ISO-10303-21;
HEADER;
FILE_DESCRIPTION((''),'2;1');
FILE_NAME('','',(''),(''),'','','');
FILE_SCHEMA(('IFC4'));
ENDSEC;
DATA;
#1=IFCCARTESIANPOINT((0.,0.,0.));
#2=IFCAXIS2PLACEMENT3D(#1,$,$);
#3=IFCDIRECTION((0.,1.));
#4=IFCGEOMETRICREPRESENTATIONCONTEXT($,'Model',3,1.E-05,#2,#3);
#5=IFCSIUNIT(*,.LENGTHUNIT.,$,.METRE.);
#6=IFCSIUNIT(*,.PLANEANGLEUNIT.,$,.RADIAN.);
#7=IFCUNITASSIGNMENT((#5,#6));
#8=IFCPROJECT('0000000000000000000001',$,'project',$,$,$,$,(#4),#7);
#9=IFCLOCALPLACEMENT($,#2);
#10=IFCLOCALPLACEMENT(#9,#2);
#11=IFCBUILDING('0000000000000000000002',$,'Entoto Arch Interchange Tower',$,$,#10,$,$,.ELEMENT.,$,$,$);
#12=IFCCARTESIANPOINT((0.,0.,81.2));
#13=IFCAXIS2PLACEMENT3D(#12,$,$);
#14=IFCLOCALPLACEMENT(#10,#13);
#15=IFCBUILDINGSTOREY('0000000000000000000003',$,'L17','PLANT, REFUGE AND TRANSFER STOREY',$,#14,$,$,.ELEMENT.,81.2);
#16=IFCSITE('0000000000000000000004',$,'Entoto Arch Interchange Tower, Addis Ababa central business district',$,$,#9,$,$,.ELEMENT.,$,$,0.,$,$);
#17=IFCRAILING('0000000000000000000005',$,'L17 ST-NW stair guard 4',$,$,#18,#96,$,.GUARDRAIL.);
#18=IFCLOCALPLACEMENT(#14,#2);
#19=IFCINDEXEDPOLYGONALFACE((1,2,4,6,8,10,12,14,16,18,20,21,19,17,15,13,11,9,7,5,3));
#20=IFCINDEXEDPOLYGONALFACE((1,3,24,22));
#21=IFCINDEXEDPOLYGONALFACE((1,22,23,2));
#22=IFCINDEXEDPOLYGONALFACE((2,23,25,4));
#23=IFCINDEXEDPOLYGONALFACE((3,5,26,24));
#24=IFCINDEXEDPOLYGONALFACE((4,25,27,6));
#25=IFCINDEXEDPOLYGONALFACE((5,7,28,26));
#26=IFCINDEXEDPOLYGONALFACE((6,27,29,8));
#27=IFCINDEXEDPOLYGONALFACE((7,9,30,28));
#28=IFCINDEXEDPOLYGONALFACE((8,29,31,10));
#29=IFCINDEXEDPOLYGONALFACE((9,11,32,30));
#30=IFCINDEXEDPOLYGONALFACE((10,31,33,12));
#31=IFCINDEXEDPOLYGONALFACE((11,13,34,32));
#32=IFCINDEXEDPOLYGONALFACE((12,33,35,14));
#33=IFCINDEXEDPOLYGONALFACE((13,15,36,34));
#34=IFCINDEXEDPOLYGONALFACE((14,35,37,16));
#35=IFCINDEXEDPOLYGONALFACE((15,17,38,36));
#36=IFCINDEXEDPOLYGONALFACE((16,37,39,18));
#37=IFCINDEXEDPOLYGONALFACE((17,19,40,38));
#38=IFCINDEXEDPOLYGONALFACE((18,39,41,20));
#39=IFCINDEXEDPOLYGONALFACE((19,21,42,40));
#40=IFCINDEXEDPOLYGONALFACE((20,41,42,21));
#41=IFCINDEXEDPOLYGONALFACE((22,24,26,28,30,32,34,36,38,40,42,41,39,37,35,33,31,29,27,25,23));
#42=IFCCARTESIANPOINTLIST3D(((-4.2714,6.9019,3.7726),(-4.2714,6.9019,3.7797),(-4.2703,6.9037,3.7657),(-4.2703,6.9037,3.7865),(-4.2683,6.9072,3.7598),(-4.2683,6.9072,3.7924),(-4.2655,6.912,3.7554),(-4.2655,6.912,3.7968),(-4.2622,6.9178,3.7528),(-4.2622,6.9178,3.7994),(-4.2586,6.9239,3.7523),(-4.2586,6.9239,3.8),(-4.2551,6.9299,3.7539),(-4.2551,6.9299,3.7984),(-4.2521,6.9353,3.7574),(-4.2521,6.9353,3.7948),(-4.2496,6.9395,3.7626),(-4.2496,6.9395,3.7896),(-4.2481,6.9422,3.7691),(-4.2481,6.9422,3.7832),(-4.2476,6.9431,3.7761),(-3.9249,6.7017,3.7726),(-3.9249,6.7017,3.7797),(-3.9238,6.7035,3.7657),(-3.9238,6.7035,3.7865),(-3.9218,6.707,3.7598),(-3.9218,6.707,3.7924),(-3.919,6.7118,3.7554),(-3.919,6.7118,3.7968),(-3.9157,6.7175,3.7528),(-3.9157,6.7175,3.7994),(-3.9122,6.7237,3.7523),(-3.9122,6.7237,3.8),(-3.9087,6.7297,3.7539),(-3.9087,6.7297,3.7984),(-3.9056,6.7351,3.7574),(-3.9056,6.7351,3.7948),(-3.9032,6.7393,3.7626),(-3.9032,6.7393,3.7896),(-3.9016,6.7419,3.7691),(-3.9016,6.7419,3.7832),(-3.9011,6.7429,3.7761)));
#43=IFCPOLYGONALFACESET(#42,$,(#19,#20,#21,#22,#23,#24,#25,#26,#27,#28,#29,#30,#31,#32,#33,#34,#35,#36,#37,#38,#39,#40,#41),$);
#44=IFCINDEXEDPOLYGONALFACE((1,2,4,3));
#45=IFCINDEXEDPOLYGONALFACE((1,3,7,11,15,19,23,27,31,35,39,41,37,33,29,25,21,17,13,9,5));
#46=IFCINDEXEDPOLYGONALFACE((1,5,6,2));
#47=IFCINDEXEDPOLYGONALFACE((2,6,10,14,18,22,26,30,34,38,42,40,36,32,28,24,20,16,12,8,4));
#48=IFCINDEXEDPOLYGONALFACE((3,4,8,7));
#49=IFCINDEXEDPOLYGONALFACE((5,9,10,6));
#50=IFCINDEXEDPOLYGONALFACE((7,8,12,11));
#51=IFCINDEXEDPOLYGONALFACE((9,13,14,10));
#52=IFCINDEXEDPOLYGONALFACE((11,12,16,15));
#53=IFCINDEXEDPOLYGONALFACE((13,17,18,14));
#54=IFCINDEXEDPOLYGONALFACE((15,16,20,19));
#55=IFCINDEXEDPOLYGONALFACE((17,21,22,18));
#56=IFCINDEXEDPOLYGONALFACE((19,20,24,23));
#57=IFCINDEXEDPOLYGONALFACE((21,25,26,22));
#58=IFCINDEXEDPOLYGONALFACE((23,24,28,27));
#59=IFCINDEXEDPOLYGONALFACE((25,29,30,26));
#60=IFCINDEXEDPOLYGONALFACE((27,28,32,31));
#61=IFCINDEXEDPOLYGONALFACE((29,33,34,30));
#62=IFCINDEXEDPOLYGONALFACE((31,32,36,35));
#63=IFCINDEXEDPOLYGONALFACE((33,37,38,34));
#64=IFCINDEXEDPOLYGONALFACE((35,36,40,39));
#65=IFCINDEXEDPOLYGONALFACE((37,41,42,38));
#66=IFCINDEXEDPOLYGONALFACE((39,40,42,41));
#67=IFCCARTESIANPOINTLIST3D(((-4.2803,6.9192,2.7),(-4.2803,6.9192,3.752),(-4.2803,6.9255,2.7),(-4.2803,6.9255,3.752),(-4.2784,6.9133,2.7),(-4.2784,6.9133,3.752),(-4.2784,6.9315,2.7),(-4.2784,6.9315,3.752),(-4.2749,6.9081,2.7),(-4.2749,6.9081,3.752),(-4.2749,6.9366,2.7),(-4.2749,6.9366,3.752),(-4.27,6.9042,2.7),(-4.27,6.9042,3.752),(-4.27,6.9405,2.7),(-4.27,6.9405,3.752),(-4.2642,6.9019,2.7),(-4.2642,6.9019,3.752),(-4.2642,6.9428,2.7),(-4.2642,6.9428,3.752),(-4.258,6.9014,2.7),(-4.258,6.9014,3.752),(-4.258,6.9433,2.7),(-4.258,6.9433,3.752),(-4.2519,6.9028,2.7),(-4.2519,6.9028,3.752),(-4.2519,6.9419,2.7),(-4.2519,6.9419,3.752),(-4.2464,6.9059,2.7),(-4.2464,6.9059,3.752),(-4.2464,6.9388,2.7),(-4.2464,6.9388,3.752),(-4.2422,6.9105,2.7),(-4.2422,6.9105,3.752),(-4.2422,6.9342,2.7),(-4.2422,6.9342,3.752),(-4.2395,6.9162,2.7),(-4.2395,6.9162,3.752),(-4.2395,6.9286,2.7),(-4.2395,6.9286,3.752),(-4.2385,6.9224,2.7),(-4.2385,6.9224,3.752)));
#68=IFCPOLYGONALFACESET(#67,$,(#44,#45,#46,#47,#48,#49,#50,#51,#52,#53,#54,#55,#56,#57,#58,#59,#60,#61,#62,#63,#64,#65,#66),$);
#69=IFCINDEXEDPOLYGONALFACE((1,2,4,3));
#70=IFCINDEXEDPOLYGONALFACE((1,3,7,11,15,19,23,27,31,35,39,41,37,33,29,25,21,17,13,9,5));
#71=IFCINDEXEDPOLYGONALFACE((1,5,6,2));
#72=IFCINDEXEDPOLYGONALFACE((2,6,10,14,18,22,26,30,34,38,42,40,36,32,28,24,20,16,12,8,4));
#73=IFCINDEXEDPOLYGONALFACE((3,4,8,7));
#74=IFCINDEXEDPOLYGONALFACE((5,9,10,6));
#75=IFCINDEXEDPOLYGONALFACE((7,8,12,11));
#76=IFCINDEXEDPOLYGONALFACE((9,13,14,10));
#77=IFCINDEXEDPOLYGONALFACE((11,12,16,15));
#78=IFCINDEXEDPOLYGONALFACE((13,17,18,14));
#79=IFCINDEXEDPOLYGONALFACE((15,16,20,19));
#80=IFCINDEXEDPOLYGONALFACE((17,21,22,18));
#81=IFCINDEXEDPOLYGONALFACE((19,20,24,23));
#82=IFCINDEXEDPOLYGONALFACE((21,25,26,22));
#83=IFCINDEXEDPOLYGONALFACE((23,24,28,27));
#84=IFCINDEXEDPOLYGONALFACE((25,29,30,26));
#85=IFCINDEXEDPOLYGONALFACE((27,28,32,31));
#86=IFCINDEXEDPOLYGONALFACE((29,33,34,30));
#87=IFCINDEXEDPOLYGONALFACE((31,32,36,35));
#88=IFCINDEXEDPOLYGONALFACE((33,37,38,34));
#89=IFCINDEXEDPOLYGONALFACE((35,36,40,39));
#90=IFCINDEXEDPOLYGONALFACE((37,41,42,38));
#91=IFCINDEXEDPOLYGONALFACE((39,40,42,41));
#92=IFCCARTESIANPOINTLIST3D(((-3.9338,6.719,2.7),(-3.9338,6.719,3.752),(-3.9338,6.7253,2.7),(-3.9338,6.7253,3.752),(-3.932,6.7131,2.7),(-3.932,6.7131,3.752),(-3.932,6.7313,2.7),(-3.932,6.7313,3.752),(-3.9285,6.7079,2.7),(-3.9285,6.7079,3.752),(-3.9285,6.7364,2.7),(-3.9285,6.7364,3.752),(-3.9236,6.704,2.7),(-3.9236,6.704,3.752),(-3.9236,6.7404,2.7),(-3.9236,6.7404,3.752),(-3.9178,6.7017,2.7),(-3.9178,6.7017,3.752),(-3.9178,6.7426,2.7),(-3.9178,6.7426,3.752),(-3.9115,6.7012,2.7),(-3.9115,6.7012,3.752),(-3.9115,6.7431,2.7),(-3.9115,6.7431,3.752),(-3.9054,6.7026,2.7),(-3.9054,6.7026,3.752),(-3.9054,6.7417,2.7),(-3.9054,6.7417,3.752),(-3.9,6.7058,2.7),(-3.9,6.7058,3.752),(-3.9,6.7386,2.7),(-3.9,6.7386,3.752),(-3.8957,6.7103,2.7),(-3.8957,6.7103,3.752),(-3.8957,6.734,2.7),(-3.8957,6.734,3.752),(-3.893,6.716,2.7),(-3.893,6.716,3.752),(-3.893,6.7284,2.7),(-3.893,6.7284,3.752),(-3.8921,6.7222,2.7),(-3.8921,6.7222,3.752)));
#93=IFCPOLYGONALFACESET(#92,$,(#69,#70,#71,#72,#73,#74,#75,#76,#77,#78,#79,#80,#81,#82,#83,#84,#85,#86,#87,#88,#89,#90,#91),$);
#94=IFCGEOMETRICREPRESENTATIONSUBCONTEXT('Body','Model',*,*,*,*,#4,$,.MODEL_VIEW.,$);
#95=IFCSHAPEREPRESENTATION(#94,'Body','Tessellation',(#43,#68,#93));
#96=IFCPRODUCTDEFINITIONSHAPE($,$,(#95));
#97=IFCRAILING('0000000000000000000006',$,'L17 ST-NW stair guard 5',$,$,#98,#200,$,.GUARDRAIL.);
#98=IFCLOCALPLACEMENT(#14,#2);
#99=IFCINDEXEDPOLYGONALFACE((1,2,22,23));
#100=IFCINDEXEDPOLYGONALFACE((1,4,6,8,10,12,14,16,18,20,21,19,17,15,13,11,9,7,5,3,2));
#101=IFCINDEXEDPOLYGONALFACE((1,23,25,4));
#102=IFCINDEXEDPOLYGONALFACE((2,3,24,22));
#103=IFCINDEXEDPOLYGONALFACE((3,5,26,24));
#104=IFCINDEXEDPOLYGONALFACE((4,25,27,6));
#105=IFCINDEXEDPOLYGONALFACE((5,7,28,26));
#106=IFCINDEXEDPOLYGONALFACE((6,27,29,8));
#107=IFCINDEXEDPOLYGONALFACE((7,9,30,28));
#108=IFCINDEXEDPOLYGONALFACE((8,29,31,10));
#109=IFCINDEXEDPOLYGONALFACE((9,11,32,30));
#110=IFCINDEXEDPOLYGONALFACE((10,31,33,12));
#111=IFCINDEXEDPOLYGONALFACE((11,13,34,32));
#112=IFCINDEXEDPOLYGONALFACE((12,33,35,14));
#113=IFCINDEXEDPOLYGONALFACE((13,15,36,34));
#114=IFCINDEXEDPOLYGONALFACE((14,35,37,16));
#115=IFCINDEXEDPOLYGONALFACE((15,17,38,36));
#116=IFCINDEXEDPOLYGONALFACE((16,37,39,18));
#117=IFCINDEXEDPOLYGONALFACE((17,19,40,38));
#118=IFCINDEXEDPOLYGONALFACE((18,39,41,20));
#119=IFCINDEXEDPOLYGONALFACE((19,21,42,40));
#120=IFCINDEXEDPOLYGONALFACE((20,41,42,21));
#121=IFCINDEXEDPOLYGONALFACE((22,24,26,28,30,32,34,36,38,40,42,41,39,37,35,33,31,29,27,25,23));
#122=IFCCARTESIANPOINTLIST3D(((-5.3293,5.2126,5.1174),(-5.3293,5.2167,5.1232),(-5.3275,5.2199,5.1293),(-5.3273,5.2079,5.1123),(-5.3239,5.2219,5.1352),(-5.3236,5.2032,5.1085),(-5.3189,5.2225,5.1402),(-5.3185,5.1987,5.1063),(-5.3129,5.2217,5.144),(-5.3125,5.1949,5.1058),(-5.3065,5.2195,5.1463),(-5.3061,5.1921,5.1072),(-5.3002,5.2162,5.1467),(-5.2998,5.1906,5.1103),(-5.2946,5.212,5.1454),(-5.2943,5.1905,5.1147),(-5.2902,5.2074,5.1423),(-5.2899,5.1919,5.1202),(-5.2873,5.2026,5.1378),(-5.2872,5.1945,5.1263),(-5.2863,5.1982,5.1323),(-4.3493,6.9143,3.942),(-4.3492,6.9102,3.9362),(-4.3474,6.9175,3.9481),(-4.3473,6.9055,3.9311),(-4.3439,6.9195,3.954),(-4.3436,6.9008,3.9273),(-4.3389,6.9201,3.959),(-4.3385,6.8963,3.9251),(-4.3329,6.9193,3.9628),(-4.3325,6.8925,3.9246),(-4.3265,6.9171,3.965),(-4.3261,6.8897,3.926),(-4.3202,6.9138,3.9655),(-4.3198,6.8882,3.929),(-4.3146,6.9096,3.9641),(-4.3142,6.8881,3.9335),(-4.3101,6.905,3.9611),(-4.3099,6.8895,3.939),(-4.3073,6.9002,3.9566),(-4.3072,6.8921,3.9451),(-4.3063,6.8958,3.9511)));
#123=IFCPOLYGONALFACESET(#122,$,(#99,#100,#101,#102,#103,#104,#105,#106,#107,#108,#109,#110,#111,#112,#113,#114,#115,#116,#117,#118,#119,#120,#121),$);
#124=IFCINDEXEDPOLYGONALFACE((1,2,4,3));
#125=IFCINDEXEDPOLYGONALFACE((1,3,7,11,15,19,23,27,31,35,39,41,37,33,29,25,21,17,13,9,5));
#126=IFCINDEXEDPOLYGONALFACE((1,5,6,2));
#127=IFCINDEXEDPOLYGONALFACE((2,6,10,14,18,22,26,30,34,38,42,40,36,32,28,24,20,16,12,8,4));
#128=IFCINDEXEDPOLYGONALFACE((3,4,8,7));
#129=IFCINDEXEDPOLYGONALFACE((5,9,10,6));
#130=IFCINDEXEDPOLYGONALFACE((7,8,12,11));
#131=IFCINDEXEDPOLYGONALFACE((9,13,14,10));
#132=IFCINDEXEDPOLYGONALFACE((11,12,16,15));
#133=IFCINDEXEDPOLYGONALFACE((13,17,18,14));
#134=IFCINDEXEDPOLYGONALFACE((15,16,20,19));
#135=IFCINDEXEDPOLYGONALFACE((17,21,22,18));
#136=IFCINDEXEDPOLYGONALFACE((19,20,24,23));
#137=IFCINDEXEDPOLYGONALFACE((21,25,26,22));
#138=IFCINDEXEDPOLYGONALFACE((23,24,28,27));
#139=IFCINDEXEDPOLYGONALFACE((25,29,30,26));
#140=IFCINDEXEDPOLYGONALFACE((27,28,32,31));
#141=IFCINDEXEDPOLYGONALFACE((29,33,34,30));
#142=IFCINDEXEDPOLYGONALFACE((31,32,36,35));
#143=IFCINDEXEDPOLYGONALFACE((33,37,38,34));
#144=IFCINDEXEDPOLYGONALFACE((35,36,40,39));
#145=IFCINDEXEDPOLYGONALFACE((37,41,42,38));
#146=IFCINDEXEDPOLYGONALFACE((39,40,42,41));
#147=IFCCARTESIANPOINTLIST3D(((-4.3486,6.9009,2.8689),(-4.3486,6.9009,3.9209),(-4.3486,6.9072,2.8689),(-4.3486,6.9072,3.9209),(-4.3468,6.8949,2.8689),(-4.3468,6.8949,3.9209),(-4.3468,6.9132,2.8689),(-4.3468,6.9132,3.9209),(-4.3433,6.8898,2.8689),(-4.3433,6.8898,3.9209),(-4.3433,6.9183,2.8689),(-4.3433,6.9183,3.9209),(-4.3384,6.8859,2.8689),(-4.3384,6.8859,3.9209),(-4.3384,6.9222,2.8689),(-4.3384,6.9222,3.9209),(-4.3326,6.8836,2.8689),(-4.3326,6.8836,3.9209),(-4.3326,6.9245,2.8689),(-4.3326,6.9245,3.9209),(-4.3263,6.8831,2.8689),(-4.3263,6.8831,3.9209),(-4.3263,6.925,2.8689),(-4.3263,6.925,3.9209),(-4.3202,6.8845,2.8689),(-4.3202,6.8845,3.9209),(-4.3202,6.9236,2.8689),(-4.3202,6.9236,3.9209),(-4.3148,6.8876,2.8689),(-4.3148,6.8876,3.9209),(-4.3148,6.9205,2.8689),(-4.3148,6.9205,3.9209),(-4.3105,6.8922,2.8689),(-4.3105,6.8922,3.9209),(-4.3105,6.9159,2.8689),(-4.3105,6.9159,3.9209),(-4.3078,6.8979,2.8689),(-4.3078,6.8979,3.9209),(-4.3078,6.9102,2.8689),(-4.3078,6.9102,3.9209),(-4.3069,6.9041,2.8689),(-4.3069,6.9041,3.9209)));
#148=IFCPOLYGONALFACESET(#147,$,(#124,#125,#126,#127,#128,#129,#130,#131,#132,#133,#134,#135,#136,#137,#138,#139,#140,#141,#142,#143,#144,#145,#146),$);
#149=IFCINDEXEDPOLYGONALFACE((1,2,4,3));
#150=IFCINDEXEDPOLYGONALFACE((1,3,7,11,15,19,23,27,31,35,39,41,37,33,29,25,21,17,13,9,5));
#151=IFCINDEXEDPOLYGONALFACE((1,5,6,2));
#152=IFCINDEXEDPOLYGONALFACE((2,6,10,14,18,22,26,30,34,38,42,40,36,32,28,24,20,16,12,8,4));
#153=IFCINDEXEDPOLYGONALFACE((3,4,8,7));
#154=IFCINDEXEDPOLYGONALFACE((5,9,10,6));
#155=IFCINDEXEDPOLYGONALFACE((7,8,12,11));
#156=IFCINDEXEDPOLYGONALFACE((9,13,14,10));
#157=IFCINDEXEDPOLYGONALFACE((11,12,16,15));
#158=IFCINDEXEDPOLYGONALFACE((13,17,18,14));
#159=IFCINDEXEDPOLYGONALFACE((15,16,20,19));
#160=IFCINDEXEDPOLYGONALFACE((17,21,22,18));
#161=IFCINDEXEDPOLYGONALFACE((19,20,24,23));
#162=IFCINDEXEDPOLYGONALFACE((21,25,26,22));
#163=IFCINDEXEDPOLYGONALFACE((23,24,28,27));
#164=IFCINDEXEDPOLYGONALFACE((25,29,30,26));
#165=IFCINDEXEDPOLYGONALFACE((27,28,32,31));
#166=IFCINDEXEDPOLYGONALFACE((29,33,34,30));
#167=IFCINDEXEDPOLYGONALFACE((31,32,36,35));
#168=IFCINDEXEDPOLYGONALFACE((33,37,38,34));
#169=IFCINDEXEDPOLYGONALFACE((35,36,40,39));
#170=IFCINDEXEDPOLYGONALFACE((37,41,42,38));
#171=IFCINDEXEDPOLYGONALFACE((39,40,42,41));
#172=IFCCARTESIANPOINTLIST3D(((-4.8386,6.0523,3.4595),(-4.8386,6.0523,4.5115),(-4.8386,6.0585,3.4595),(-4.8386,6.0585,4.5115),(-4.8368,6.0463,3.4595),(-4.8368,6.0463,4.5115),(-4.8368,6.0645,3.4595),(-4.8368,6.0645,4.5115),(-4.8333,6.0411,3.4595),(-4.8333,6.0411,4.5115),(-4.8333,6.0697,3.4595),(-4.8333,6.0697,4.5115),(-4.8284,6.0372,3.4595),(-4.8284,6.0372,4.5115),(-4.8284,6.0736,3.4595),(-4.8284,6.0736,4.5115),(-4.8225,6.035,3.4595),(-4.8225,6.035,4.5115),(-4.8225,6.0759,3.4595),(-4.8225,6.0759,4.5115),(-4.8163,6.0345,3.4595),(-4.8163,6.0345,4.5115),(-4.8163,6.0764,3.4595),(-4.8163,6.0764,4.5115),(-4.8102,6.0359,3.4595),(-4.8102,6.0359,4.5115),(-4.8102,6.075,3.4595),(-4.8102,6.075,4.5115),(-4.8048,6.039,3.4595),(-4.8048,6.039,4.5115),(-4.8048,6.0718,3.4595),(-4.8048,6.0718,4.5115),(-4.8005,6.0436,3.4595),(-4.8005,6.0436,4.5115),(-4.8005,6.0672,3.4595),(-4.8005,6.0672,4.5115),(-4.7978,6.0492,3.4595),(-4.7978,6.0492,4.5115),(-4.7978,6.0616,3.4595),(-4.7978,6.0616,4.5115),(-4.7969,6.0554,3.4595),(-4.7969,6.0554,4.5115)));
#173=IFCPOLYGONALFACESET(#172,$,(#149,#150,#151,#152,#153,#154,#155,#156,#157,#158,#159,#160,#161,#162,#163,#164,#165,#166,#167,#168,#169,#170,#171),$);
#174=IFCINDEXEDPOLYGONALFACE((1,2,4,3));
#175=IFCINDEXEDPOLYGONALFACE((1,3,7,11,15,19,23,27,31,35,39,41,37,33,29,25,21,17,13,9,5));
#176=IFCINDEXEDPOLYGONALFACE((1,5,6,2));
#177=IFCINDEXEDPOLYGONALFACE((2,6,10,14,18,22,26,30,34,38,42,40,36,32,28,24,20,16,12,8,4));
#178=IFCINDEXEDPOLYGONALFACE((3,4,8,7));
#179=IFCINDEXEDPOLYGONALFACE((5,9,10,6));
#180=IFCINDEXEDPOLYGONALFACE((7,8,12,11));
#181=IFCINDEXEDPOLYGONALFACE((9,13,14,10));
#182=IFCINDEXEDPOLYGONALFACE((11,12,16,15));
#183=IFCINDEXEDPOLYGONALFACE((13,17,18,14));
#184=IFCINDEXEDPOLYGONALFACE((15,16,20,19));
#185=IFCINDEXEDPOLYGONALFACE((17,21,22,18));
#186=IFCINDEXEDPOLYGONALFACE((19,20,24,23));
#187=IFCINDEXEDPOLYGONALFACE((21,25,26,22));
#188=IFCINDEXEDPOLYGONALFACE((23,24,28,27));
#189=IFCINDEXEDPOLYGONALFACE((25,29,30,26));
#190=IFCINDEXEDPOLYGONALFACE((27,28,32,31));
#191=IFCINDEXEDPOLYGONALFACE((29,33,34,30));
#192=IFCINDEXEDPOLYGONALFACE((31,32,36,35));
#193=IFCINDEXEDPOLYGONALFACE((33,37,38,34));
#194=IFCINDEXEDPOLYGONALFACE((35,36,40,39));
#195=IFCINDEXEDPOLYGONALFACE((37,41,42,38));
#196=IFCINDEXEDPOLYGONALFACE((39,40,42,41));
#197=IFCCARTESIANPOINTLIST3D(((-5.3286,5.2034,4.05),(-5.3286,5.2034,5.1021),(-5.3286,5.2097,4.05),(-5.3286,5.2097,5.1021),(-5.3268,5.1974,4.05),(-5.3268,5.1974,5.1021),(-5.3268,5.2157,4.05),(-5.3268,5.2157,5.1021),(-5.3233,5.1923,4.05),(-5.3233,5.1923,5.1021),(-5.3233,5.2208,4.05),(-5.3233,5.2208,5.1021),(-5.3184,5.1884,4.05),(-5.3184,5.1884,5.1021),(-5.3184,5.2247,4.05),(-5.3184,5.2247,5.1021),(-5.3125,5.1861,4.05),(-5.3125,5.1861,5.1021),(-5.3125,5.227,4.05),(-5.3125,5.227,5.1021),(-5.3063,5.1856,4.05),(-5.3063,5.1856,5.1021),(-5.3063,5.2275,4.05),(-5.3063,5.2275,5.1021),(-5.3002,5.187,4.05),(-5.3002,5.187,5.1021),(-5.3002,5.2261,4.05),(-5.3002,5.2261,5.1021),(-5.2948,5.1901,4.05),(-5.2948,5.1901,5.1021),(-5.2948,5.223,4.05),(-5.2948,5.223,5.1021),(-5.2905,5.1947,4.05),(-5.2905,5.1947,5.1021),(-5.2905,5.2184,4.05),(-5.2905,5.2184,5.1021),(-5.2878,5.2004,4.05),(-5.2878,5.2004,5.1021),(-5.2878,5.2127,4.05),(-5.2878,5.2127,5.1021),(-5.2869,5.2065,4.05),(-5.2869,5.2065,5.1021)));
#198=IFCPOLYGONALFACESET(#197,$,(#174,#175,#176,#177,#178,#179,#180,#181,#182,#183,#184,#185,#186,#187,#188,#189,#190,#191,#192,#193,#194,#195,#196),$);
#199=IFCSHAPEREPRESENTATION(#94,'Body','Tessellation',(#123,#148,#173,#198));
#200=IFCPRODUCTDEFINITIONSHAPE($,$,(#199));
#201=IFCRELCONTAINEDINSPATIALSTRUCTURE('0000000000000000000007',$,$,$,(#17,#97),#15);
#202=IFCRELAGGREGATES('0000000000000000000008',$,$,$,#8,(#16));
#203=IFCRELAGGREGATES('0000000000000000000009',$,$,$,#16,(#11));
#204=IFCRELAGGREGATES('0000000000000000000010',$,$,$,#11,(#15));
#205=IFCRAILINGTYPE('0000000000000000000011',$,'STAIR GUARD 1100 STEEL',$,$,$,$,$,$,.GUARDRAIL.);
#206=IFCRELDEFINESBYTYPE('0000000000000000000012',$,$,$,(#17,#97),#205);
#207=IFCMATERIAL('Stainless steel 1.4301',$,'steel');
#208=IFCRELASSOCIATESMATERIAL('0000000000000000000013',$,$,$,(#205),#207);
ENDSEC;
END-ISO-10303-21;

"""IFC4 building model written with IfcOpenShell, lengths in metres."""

from ifc_helpers import new_model, si_unit, direction, frame, origin, origin_2d, place, context, subcontext, project, spatial, circle, extrude, material, type_object, element, save


model = new_model("IFC4")

# Units and contexts
model_context = context("Model", 3, precision=1e-05, world=origin(), true_north=direction((0.0, 1.0)))
body_context = subcontext(model_context, "Body", "Model", "MODEL_VIEW")
ifc_project = project(units=[si_unit("LENGTHUNIT", "METRE"), si_unit("PLANEANGLEUNIT", "RADIAN")], contexts=[model_context])

# Site, building, storey
site_placement = place(None, origin())
site = spatial("IfcSite", under=ifc_project, at=site_placement, Name="Entoto Arch Interchange Tower, Addis Ababa central business district", CompositionType="ELEMENT", RefElevation=0.0)
building_placement = place(site_placement, origin())
building = spatial("IfcBuilding", under=site, at=building_placement, Name="Entoto Arch Interchange Tower", CompositionType="ELEMENT")
storey_placement = place(building_placement, frame((0.0, 0.0, 81.2)))
storey = spatial("IfcBuildingStorey", under=building, at=storey_placement, Name="L17", Description="PLANT, REFUGE AND TRANSFER STOREY", CompositionType="ELEMENT", Elevation=81.2)

# Railings
ifc_material_1 = material(Name="Stainless steel 1.4301", Category="steel")
railing_type_1 = type_object("IfcRailingType", Name="STAIR GUARD 1100 STEEL", PredefinedType="GUARDRAIL", material=ifc_material_1)
railing_1_placement = place(storey_placement, frame((-4.2595, 6.9224, 2.7)))
element("IfcRailing", 1, at=railing_1_placement, inside=storey, type_object=railing_type_1, Name="L17 ST-NW stair guard 4", PredefinedType="GUARDRAIL", context=body_context, shape_type="SweptSolid", body=[
    extrude(circle(Radius=0.0239, at=origin_2d()), frame((0.0, 0.0, 1.0762), z_axis=(0.86583, -0.500339, 0.0), x_axis=(0.500339, 0.86583, 0.0)), (0.0, 0.0, 1.0), 0.4001),
    extrude(circle(Radius=0.021, at=origin_2d()), origin(), (0.0, 0.0, 1.0), 1.052),
    extrude(circle(Radius=0.021, at=origin_2d()), frame((0.3464, -0.2002, 0.0)), (0.0, 0.0, 1.0), 1.052),
])
railing_2_placement = place(storey_placement, frame((-4.3279, 6.9041, 2.8689)))
element("IfcRailing", 2, at=railing_2_placement, inside=storey, type_object=railing_type_1, Name="L17 ST-NW stair guard 5", PredefinedType="GUARDRAIL", context=body_context, shape_type="SweptSolid", body=[
    extrude(circle(Radius=0.0239, at=origin_2d()), frame((0.0, 0.0, 1.0762), z_axis=(-0.428228, -0.741771, 0.516135), x_axis=(0.866042, -0.49997, 0.0)), (0.0, 0.0, 1.0), 2.2886),
    extrude(circle(Radius=0.021, at=origin_2d()), origin(), (0.0, 0.0, 1.0), 1.052),
    extrude(circle(Radius=0.021, at=origin_2d()), frame((-0.49, -0.8486, 0.5906)), (0.0, 0.0, 1.0), 1.052),
    extrude(circle(Radius=0.021, at=origin_2d()), frame((-0.98, -1.6975, 1.1812)), (0.0, 0.0, 1.0), 1.052),
])

save(model, "model.ifc")
